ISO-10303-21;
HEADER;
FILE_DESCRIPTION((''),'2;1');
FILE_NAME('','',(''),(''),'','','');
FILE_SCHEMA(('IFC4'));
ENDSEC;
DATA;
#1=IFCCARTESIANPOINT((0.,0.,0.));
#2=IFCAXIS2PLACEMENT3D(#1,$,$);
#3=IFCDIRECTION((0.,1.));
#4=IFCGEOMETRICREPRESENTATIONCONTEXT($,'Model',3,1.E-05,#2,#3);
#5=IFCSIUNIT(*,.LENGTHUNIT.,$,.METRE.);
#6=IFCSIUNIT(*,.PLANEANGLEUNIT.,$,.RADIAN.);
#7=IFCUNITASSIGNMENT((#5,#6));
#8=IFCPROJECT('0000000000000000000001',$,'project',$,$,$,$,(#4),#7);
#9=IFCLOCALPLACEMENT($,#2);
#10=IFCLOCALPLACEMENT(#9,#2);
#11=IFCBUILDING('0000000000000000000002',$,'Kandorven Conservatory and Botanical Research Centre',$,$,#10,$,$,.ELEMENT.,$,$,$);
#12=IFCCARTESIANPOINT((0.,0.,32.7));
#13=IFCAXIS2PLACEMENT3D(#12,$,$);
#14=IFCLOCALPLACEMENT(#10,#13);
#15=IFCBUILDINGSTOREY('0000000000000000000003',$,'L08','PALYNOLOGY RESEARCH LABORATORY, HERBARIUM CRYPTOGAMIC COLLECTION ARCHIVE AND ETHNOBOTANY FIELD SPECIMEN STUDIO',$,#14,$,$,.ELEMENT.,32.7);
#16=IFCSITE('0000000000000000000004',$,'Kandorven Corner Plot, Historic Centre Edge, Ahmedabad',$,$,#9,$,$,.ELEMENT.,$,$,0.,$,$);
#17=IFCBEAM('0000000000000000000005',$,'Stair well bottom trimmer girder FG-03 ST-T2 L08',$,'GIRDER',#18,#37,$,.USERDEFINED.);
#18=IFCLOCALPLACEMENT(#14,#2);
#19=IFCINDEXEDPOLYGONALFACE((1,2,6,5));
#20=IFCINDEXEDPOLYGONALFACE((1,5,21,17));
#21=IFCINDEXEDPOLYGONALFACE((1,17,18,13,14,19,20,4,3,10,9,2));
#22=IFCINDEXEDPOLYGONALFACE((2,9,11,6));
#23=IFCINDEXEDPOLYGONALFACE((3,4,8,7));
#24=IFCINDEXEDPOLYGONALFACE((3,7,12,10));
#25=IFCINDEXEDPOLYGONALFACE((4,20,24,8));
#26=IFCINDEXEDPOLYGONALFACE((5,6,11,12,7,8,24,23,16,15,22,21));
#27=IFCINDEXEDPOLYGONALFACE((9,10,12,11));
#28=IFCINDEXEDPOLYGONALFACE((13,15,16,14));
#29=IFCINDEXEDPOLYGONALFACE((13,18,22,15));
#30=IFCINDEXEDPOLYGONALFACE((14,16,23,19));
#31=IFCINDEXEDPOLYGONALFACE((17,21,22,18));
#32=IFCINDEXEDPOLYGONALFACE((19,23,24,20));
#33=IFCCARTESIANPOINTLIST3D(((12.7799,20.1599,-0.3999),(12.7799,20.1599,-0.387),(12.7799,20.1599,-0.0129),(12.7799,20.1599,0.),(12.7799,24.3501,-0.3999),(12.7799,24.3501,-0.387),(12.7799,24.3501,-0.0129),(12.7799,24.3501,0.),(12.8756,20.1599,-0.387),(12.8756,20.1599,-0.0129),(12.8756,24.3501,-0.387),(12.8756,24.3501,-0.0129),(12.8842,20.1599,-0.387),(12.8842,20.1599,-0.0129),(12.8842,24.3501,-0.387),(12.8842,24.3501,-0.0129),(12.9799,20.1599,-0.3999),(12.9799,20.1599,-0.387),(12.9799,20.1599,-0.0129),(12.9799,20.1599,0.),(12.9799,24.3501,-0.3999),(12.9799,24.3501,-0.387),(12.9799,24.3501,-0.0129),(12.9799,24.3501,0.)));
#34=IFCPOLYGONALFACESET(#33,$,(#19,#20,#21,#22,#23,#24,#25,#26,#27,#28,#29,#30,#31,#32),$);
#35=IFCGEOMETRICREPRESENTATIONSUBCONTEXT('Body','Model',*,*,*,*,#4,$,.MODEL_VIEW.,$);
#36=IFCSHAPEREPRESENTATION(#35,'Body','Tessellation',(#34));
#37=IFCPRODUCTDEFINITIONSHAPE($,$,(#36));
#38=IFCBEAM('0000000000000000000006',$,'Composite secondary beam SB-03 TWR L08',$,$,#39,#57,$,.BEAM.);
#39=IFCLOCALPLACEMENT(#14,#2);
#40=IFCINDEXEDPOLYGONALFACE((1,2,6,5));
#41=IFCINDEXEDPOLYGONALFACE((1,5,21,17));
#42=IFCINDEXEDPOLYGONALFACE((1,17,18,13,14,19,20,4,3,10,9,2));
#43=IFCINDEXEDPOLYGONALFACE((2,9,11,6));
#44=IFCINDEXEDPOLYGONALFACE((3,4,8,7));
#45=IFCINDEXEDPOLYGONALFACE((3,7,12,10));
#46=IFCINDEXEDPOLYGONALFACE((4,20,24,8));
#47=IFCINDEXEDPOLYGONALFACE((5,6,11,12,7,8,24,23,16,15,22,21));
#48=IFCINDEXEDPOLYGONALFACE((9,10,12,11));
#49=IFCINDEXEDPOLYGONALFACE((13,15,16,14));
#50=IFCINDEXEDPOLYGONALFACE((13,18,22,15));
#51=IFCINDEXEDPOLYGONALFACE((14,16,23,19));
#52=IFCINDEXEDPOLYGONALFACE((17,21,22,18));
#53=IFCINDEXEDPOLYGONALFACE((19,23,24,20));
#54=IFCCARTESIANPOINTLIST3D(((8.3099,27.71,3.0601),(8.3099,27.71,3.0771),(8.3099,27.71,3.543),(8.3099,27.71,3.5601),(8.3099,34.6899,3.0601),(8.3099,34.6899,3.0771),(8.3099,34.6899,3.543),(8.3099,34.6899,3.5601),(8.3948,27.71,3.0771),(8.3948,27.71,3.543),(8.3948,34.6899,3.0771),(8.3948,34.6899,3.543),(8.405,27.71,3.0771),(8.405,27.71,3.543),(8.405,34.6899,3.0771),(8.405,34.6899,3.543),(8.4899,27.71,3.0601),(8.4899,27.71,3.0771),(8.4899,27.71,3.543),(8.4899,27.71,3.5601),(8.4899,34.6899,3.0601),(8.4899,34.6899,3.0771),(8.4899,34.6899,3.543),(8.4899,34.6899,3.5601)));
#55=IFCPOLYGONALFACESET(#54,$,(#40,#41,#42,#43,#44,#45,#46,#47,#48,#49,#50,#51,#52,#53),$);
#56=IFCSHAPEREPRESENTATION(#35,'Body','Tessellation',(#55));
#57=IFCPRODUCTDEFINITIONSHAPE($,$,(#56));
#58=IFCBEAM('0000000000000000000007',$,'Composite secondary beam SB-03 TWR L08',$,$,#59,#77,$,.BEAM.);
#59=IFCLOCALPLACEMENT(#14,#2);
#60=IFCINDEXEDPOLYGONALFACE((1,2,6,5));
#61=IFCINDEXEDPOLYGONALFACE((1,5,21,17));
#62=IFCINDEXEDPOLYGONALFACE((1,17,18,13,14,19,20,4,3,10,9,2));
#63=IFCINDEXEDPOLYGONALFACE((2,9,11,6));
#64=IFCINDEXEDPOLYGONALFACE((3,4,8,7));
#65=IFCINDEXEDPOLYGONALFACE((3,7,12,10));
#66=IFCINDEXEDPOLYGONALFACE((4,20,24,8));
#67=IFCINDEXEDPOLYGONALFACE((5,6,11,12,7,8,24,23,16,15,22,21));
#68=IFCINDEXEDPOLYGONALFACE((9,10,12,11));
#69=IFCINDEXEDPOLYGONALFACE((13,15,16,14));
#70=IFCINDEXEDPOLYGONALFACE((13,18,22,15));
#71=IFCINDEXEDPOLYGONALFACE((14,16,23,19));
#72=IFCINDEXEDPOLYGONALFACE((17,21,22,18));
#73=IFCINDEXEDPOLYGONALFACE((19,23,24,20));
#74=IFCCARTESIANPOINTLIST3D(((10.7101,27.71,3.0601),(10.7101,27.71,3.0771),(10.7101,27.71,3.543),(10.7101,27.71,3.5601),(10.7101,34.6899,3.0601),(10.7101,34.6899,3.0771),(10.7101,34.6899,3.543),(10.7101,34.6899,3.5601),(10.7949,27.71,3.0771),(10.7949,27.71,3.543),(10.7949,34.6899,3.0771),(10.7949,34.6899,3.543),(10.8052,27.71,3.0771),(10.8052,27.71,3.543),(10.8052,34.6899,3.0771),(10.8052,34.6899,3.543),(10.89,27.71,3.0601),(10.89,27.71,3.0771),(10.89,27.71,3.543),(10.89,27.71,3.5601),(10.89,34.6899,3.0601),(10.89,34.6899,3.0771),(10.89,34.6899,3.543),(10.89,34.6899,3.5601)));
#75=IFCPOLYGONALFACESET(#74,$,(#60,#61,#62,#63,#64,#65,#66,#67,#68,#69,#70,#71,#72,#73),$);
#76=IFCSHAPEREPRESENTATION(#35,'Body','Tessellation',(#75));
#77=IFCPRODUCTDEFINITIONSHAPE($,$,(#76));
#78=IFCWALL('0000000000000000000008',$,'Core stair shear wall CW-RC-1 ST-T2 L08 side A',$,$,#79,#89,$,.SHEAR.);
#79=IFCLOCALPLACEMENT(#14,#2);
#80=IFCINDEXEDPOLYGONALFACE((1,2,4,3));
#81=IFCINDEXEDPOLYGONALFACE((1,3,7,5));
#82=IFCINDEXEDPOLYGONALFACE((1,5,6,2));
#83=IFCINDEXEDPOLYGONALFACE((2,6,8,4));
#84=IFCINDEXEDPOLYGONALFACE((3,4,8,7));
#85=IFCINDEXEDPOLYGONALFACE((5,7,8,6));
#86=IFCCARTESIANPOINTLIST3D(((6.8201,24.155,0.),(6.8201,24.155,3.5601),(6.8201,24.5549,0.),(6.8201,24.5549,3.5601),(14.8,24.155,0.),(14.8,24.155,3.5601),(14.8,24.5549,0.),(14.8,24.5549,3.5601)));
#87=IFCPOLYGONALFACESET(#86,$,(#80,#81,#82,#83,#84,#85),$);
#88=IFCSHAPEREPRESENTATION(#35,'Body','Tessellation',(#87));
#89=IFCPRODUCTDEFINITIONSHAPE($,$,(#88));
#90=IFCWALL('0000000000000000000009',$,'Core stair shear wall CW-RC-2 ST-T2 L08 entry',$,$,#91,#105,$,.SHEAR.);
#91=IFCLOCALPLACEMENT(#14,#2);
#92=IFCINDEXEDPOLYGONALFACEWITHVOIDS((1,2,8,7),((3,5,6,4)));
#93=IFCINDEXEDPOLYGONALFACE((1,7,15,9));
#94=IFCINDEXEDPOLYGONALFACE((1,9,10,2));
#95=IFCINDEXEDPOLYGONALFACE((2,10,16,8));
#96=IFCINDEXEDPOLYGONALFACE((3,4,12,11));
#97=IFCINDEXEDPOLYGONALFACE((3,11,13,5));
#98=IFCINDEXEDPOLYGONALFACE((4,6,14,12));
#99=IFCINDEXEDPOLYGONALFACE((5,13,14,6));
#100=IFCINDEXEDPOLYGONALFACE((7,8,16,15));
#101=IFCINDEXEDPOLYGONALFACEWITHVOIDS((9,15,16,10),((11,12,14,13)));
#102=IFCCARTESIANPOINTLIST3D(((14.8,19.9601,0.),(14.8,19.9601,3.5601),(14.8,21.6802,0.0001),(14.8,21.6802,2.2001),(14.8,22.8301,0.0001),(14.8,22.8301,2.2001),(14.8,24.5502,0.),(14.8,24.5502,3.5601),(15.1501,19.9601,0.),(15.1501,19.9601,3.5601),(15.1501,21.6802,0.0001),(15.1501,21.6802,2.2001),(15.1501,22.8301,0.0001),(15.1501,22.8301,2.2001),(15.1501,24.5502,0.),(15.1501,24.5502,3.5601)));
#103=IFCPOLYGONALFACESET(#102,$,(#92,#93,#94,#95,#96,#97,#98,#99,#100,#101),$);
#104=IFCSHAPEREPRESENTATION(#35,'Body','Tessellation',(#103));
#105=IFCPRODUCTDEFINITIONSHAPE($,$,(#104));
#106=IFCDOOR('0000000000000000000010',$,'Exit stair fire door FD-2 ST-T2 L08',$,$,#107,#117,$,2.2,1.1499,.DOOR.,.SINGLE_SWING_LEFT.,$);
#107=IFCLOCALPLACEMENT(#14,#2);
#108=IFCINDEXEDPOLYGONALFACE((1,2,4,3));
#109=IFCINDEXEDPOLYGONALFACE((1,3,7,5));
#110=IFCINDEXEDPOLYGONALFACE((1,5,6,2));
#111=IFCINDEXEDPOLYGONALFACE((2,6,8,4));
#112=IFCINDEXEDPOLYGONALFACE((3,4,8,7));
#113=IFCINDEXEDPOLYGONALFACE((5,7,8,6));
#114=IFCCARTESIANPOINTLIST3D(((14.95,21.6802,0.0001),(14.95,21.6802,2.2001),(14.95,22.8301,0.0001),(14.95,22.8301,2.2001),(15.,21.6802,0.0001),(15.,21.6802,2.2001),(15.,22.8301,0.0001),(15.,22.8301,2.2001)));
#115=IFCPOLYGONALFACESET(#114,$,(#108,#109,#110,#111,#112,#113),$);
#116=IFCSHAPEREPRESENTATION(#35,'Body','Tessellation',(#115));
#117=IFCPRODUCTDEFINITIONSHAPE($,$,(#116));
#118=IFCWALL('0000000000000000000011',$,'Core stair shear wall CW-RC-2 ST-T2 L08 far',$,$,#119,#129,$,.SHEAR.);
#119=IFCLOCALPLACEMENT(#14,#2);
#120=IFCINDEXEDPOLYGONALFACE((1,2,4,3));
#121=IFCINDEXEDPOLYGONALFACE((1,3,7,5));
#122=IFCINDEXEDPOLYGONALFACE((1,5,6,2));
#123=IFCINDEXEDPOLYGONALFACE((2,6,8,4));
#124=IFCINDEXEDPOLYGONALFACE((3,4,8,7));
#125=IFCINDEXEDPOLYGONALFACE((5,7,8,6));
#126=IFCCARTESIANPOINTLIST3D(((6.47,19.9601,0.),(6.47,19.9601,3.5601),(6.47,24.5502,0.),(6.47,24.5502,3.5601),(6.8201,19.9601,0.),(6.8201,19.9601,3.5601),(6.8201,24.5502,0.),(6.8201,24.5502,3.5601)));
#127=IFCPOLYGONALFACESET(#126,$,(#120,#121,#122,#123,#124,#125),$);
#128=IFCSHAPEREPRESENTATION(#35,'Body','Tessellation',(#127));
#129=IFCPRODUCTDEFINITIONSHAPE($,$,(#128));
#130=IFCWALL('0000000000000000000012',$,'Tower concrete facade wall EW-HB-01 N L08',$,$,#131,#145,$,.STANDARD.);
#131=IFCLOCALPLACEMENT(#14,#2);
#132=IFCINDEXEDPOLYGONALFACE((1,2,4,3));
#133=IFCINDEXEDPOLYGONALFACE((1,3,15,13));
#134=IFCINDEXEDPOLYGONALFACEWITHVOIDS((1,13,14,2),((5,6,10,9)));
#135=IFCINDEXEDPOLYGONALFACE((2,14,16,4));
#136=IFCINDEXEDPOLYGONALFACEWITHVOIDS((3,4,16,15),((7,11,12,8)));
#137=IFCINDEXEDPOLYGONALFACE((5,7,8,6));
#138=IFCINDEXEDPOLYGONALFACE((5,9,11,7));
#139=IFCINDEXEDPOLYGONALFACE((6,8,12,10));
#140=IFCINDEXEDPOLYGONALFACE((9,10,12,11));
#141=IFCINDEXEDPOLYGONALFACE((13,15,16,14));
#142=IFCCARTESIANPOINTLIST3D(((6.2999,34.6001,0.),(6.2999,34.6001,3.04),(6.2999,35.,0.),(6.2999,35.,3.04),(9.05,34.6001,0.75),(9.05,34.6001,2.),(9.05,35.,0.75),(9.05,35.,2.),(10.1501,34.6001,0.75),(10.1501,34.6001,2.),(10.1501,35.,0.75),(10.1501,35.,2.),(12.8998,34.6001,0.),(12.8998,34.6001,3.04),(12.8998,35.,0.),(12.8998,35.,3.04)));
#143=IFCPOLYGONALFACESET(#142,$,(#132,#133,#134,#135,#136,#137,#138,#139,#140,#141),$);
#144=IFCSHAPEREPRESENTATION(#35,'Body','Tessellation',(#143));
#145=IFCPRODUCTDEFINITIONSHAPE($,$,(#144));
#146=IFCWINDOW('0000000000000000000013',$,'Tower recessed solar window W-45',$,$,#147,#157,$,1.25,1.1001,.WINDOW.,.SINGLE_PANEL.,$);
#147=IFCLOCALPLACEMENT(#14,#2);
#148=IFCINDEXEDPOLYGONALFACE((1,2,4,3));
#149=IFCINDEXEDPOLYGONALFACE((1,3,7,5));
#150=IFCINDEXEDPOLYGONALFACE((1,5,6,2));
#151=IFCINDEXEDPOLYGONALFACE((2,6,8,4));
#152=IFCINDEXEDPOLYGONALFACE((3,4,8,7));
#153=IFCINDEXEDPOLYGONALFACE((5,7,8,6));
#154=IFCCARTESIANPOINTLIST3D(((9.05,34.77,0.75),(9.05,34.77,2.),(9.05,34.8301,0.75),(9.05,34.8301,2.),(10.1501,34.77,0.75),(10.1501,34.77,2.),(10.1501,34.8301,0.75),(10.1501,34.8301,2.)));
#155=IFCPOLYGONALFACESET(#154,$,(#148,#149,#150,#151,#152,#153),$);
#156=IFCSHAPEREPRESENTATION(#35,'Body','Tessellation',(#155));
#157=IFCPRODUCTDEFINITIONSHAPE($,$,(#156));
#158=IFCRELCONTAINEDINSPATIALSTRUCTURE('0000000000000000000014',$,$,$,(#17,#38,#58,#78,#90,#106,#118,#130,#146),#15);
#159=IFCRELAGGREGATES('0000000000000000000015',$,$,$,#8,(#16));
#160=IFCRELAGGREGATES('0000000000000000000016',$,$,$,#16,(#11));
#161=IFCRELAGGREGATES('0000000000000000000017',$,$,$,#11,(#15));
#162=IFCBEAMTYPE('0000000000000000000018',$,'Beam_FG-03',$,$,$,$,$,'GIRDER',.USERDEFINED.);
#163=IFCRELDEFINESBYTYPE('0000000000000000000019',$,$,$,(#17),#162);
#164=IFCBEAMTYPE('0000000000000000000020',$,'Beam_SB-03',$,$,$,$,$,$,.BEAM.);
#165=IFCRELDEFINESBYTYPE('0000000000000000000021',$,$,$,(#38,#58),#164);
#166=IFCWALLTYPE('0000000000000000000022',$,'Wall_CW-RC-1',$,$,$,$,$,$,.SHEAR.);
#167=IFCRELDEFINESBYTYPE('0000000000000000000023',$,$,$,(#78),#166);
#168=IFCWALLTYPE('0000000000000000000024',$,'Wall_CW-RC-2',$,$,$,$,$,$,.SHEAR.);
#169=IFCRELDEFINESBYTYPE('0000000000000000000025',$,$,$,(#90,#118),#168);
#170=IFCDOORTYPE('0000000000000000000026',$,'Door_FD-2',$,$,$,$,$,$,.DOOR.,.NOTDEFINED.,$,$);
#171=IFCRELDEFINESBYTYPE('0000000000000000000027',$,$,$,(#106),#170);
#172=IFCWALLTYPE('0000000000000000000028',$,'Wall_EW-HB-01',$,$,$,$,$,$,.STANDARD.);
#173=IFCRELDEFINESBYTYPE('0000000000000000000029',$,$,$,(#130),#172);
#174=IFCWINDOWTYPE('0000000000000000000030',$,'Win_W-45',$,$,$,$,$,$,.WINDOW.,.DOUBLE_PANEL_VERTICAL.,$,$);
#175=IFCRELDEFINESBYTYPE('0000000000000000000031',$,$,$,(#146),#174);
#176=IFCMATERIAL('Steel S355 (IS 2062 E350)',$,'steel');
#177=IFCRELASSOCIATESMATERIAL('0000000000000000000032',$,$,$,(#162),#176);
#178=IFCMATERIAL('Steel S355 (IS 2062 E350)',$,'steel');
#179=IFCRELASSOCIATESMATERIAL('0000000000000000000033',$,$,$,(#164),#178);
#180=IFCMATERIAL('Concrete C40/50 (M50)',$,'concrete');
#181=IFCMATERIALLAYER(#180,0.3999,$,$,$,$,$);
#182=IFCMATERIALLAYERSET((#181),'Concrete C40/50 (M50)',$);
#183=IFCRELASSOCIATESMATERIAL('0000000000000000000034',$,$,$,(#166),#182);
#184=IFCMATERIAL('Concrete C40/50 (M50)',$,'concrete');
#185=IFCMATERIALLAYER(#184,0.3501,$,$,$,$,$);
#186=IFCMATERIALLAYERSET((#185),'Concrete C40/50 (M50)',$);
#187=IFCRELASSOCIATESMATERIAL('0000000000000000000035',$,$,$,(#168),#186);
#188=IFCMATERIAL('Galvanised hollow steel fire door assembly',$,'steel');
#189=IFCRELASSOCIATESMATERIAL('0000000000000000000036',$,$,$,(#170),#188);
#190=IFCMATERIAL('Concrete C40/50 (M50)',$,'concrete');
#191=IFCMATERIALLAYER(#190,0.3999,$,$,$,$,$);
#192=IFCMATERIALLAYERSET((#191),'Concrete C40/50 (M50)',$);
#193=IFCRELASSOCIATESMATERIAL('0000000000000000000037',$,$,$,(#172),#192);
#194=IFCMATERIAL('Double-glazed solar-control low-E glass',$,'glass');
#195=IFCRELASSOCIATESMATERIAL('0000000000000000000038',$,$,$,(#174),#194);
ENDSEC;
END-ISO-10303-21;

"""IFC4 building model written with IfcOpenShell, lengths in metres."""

from ifc_helpers import new_model, si_unit, direction, frame, frame_2d, origin, origin_2d, place, context, subcontext, project, spatial, rectangle, i_section, extrude, material, layer, layer_set, material_profile, profile_set, type_object, element, fill, save


model = new_model("IFC4")

# Units and contexts
model_context = context("Model", 3, precision=1e-05, world=origin(), true_north=direction((0.0, 1.0)))
body_context = subcontext(model_context, "Body", "Model", "MODEL_VIEW")
ifc_project = project(units=[si_unit("LENGTHUNIT", "METRE"), si_unit("PLANEANGLEUNIT", "RADIAN")], contexts=[model_context])

# Site, building, storey
site_placement = place(None, origin())
site = spatial("IfcSite", under=ifc_project, at=site_placement, Name="Kandorven Corner Plot, Historic Centre Edge, Ahmedabad", CompositionType="ELEMENT", RefElevation=0.0)
building_placement = place(site_placement, origin())
building = spatial("IfcBuilding", under=site, at=building_placement, Name="Kandorven Conservatory and Botanical Research Centre", CompositionType="ELEMENT")
storey_placement = place(building_placement, frame((0.0, 0.0, 32.7)))
storey = spatial("IfcBuildingStorey", under=building, at=storey_placement, Name="L08", Description="PALYNOLOGY RESEARCH LABORATORY, HERBARIUM CRYPTOGAMIC COLLECTION ARCHIVE AND ETHNOBOTANY FIELD SPECIMEN STUDIO", CompositionType="ELEMENT", Elevation=32.7)

# Beams
ifc_material_1 = material(Name="Steel S355 (IS 2062 E350)", Category="steel")
ifc_material_profile_1 = material_profile(ifc_material_1, i_section(OverallWidth=0.2, OverallDepth=0.3999, WebThickness=0.0085, FlangeThickness=0.0129, at=origin_2d()))
ifc_profile_set_1 = profile_set([ifc_material_profile_1], Name="Steel S355 (IS 2062 E350)")
beam_type_1 = type_object("IfcBeamType", Name="Beam_FG-03", ElementType="GIRDER", PredefinedType="USERDEFINED", material=ifc_profile_set_1)
beam_1_placement = place(storey_placement, frame((12.8799, 24.3501, -0.2), z_axis=(0.0, -1.0, 0.0), x_axis=(1.0, 0.0, 0.0)))
element("IfcBeam", 1, at=beam_1_placement, inside=storey, type_object=beam_type_1, Name="Stair well bottom trimmer girder FG-03 ST-T2 L08", ObjectType="GIRDER", PredefinedType="USERDEFINED", context=body_context, shape_type="SweptSolid", body=[
    extrude(i_section(OverallWidth=0.2, OverallDepth=0.3999, WebThickness=0.0085, FlangeThickness=0.0129, at=origin_2d()), origin(), (0.0, 0.0, 1.0), 4.1902),
])
ifc_material_2 = material(Name="Steel S355 (IS 2062 E350)", Category="steel")
ifc_material_profile_2 = material_profile(ifc_material_2, i_section(OverallWidth=0.1799, OverallDepth=0.5, WebThickness=0.0103, FlangeThickness=0.0171, at=origin_2d()))
ifc_profile_set_2 = profile_set([ifc_material_profile_2], Name="Steel S355 (IS 2062 E350)")
beam_type_2 = type_object("IfcBeamType", Name="Beam_SB-03", PredefinedType="BEAM", material=ifc_profile_set_2)
for number, where, z_axis, x_axis, name in (
    (2, (8.3999, 27.71, 3.3101), (0.0, 1.0, 0.0), (-1.0, 0.0, 0.0), "Composite secondary beam SB-03 TWR L08"),
    (3, (10.8, 27.71, 3.3101), (0.0, 1.0, 0.0), (-1.0, 0.0, 0.0), "Composite secondary beam SB-03 TWR L08"),
):
    element("IfcBeam", number, at=place(storey_placement, frame(where, z_axis=z_axis, x_axis=x_axis)), inside=storey, type_object=beam_type_2, Name=name, PredefinedType="BEAM", context=body_context, shape_type="SweptSolid", body=[
        extrude(i_section(OverallWidth=0.1799, OverallDepth=0.5, WebThickness=0.0103, FlangeThickness=0.0171, at=origin_2d()), origin(), (0.0, 0.0, 1.0), 6.98),
    ])

# Wall
ifc_material_3 = material(Name="Concrete C40/50 (M50)", Category="concrete")
ifc_layer_1 = layer(ifc_material_3, 0.3999)
ifc_layer_set_1 = layer_set([ifc_layer_1], Name="Concrete C40/50 (M50)")
wall_type_1 = type_object("IfcWallType", Name="Wall_CW-RC-1", PredefinedType="SHEAR", material=ifc_layer_set_1)
wall_1_placement = place(storey_placement, frame((14.8, 24.355, 0.0), z_axis=(0.0, 0.0, 1.0), x_axis=(-1.0, 0.0, 0.0)))
element("IfcWall", 4, at=wall_1_placement, inside=storey, type_object=wall_type_1, Name="Core stair shear wall CW-RC-1 ST-T2 L08 side A", PredefinedType="SHEAR", context=body_context, shape_type="SweptSolid", body=[
    extrude(rectangle(XDim=7.98, YDim=0.3999, at=frame_2d((3.99, 0.0))), origin(), (0.0, 0.0, 1.0), 3.5601),
])

# Wall, opening, door
ifc_material_4 = material(Name="Concrete C40/50 (M50)", Category="concrete")
ifc_layer_2 = layer(ifc_material_4, 0.3501)
ifc_layer_set_2 = layer_set([ifc_layer_2], Name="Concrete C40/50 (M50)")
wall_type_2 = type_object("IfcWallType", Name="Wall_CW-RC-2", PredefinedType="SHEAR", material=ifc_layer_set_2)
wall_2_placement = place(storey_placement, frame((14.9751, 24.55, 0.0), z_axis=(0.0, 0.0, 1.0), x_axis=(0.0, -1.0, 0.0)))
wall_2 = element("IfcWall", 5, at=wall_2_placement, inside=storey, type_object=wall_type_2, Name="Core stair shear wall CW-RC-2 ST-T2 L08 entry", PredefinedType="SHEAR", context=body_context, shape_type="SweptSolid", body=[
    extrude(rectangle(XDim=4.5901, YDim=0.3501, at=frame_2d((2.2949, 0.0))), origin(), (0.0, 0.0, 1.0), 3.5601),
])
opening_1_placement = place(wall_2_placement, frame((1.72, 0.0, 0.0)))
opening_1 = element("IfcOpeningElement", 6, at=opening_1_placement, cuts=wall_2, PredefinedType="OPENING", context=body_context, shape_type="SweptSolid", body=[
    extrude(rectangle(XDim=1.1499, YDim=2.2, at=frame_2d((0.575, 1.1001))), frame((0.0, 0.1851, 0.0), z_axis=(0.0, -1.0, 0.0), x_axis=(1.0, 0.0, 0.0)), (0.0, 0.0, 1.0), 0.3701),
])
ifc_material_5 = material(Name="Galvanised hollow steel fire door assembly", Category="steel")
door_type_1 = type_object("IfcDoorType", Name="Door_FD-2", OperationType="NOTDEFINED", PredefinedType="DOOR", material=ifc_material_5)
door_1_placement = place(opening_1_placement, origin())
door_1 = element("IfcDoor", 7, at=door_1_placement, inside=storey, type_object=door_type_1, Name="Exit stair fire door FD-2 ST-T2 L08", OperationType="SINGLE_SWING_LEFT", OverallHeight=2.2, OverallWidth=1.1499, PredefinedType="DOOR", context=body_context, shape_type="SweptSolid", body=[
    extrude(rectangle(XDim=1.1499, YDim=2.2, at=frame_2d((0.575, 1.1001))), frame((0.0, 0.0249, 0.0), z_axis=(0.0, -1.0, 0.0), x_axis=(1.0, 0.0, 0.0)), (0.0, 0.0, 1.0), 0.05),
])
fill(opening_1, door_1)

# Wall
wall_3_placement = place(storey_placement, frame((6.645, 24.55, 0.0), z_axis=(0.0, 0.0, 1.0), x_axis=(0.0, -1.0, 0.0)))
element("IfcWall", 8, at=wall_3_placement, inside=storey, type_object=wall_type_2, Name="Core stair shear wall CW-RC-2 ST-T2 L08 far", PredefinedType="SHEAR", context=body_context, shape_type="SweptSolid", body=[
    extrude(rectangle(XDim=4.5901, YDim=0.3501, at=frame_2d((2.2949, 0.0))), origin(), (0.0, 0.0, 1.0), 3.5601),
])

# Wall, opening, window
ifc_material_6 = material(Name="Concrete C40/50 (M50)", Category="concrete")
ifc_layer_3 = layer(ifc_material_6, 0.3999)
ifc_layer_set_3 = layer_set([ifc_layer_3], Name="Concrete C40/50 (M50)")
wall_type_3 = type_object("IfcWallType", Name="Wall_EW-HB-01", PredefinedType="STANDARD", material=ifc_layer_set_3)
wall_4_placement = place(storey_placement, frame((6.3, 34.8, 0.0), z_axis=(0.0, 0.0, 1.0), x_axis=(1.0, 0.0, 0.0)))
wall_4 = element("IfcWall", 9, at=wall_4_placement, inside=storey, type_object=wall_type_3, Name="Tower concrete facade wall EW-HB-01 N L08", PredefinedType="STANDARD", context=body_context, shape_type="SweptSolid", body=[
    extrude(rectangle(XDim=6.5999, YDim=0.3999, at=frame_2d((3.2998, 0.0))), origin(), (0.0, 0.0, 1.0), 3.04),
])
opening_2_placement = place(wall_4_placement, frame((2.75, 0.0, 0.75)))
opening_2 = element("IfcOpeningElement", 10, at=opening_2_placement, cuts=wall_4, PredefinedType="OPENING", context=body_context, shape_type="SweptSolid", body=[
    extrude(rectangle(XDim=1.1001, YDim=1.25, at=frame_2d((0.55, 0.625))), frame((0.0, 0.21, 0.0), z_axis=(0.0, -1.0, 0.0), x_axis=(1.0, 0.0, 0.0)), (0.0, 0.0, 1.0), 0.4199),
])
ifc_material_7 = material(Name="Double-glazed solar-control low-E glass", Category="glass")
window_type_1 = type_object("IfcWindowType", Name="Win_W-45", PartitioningType="DOUBLE_PANEL_VERTICAL", PredefinedType="WINDOW", material=ifc_material_7)
window_1_placement = place(opening_2_placement, origin())
window_1 = element("IfcWindow", 11, at=window_1_placement, inside=storey, type_object=window_type_1, Name="Tower recessed solar window W-45", OverallHeight=1.25, OverallWidth=1.1001, PartitioningType="SINGLE_PANEL", PredefinedType="WINDOW", context=body_context, shape_type="SweptSolid", body=[
    extrude(rectangle(XDim=1.1001, YDim=1.25, at=frame_2d((0.55, 0.625))), frame((0.0, 0.03, 0.0), z_axis=(0.0, -1.0, 0.0), x_axis=(1.0, 0.0, 0.0)), (0.0, 0.0, 1.0), 0.0601),
])
fill(opening_2, window_1)

save(model, "model.ifc")
